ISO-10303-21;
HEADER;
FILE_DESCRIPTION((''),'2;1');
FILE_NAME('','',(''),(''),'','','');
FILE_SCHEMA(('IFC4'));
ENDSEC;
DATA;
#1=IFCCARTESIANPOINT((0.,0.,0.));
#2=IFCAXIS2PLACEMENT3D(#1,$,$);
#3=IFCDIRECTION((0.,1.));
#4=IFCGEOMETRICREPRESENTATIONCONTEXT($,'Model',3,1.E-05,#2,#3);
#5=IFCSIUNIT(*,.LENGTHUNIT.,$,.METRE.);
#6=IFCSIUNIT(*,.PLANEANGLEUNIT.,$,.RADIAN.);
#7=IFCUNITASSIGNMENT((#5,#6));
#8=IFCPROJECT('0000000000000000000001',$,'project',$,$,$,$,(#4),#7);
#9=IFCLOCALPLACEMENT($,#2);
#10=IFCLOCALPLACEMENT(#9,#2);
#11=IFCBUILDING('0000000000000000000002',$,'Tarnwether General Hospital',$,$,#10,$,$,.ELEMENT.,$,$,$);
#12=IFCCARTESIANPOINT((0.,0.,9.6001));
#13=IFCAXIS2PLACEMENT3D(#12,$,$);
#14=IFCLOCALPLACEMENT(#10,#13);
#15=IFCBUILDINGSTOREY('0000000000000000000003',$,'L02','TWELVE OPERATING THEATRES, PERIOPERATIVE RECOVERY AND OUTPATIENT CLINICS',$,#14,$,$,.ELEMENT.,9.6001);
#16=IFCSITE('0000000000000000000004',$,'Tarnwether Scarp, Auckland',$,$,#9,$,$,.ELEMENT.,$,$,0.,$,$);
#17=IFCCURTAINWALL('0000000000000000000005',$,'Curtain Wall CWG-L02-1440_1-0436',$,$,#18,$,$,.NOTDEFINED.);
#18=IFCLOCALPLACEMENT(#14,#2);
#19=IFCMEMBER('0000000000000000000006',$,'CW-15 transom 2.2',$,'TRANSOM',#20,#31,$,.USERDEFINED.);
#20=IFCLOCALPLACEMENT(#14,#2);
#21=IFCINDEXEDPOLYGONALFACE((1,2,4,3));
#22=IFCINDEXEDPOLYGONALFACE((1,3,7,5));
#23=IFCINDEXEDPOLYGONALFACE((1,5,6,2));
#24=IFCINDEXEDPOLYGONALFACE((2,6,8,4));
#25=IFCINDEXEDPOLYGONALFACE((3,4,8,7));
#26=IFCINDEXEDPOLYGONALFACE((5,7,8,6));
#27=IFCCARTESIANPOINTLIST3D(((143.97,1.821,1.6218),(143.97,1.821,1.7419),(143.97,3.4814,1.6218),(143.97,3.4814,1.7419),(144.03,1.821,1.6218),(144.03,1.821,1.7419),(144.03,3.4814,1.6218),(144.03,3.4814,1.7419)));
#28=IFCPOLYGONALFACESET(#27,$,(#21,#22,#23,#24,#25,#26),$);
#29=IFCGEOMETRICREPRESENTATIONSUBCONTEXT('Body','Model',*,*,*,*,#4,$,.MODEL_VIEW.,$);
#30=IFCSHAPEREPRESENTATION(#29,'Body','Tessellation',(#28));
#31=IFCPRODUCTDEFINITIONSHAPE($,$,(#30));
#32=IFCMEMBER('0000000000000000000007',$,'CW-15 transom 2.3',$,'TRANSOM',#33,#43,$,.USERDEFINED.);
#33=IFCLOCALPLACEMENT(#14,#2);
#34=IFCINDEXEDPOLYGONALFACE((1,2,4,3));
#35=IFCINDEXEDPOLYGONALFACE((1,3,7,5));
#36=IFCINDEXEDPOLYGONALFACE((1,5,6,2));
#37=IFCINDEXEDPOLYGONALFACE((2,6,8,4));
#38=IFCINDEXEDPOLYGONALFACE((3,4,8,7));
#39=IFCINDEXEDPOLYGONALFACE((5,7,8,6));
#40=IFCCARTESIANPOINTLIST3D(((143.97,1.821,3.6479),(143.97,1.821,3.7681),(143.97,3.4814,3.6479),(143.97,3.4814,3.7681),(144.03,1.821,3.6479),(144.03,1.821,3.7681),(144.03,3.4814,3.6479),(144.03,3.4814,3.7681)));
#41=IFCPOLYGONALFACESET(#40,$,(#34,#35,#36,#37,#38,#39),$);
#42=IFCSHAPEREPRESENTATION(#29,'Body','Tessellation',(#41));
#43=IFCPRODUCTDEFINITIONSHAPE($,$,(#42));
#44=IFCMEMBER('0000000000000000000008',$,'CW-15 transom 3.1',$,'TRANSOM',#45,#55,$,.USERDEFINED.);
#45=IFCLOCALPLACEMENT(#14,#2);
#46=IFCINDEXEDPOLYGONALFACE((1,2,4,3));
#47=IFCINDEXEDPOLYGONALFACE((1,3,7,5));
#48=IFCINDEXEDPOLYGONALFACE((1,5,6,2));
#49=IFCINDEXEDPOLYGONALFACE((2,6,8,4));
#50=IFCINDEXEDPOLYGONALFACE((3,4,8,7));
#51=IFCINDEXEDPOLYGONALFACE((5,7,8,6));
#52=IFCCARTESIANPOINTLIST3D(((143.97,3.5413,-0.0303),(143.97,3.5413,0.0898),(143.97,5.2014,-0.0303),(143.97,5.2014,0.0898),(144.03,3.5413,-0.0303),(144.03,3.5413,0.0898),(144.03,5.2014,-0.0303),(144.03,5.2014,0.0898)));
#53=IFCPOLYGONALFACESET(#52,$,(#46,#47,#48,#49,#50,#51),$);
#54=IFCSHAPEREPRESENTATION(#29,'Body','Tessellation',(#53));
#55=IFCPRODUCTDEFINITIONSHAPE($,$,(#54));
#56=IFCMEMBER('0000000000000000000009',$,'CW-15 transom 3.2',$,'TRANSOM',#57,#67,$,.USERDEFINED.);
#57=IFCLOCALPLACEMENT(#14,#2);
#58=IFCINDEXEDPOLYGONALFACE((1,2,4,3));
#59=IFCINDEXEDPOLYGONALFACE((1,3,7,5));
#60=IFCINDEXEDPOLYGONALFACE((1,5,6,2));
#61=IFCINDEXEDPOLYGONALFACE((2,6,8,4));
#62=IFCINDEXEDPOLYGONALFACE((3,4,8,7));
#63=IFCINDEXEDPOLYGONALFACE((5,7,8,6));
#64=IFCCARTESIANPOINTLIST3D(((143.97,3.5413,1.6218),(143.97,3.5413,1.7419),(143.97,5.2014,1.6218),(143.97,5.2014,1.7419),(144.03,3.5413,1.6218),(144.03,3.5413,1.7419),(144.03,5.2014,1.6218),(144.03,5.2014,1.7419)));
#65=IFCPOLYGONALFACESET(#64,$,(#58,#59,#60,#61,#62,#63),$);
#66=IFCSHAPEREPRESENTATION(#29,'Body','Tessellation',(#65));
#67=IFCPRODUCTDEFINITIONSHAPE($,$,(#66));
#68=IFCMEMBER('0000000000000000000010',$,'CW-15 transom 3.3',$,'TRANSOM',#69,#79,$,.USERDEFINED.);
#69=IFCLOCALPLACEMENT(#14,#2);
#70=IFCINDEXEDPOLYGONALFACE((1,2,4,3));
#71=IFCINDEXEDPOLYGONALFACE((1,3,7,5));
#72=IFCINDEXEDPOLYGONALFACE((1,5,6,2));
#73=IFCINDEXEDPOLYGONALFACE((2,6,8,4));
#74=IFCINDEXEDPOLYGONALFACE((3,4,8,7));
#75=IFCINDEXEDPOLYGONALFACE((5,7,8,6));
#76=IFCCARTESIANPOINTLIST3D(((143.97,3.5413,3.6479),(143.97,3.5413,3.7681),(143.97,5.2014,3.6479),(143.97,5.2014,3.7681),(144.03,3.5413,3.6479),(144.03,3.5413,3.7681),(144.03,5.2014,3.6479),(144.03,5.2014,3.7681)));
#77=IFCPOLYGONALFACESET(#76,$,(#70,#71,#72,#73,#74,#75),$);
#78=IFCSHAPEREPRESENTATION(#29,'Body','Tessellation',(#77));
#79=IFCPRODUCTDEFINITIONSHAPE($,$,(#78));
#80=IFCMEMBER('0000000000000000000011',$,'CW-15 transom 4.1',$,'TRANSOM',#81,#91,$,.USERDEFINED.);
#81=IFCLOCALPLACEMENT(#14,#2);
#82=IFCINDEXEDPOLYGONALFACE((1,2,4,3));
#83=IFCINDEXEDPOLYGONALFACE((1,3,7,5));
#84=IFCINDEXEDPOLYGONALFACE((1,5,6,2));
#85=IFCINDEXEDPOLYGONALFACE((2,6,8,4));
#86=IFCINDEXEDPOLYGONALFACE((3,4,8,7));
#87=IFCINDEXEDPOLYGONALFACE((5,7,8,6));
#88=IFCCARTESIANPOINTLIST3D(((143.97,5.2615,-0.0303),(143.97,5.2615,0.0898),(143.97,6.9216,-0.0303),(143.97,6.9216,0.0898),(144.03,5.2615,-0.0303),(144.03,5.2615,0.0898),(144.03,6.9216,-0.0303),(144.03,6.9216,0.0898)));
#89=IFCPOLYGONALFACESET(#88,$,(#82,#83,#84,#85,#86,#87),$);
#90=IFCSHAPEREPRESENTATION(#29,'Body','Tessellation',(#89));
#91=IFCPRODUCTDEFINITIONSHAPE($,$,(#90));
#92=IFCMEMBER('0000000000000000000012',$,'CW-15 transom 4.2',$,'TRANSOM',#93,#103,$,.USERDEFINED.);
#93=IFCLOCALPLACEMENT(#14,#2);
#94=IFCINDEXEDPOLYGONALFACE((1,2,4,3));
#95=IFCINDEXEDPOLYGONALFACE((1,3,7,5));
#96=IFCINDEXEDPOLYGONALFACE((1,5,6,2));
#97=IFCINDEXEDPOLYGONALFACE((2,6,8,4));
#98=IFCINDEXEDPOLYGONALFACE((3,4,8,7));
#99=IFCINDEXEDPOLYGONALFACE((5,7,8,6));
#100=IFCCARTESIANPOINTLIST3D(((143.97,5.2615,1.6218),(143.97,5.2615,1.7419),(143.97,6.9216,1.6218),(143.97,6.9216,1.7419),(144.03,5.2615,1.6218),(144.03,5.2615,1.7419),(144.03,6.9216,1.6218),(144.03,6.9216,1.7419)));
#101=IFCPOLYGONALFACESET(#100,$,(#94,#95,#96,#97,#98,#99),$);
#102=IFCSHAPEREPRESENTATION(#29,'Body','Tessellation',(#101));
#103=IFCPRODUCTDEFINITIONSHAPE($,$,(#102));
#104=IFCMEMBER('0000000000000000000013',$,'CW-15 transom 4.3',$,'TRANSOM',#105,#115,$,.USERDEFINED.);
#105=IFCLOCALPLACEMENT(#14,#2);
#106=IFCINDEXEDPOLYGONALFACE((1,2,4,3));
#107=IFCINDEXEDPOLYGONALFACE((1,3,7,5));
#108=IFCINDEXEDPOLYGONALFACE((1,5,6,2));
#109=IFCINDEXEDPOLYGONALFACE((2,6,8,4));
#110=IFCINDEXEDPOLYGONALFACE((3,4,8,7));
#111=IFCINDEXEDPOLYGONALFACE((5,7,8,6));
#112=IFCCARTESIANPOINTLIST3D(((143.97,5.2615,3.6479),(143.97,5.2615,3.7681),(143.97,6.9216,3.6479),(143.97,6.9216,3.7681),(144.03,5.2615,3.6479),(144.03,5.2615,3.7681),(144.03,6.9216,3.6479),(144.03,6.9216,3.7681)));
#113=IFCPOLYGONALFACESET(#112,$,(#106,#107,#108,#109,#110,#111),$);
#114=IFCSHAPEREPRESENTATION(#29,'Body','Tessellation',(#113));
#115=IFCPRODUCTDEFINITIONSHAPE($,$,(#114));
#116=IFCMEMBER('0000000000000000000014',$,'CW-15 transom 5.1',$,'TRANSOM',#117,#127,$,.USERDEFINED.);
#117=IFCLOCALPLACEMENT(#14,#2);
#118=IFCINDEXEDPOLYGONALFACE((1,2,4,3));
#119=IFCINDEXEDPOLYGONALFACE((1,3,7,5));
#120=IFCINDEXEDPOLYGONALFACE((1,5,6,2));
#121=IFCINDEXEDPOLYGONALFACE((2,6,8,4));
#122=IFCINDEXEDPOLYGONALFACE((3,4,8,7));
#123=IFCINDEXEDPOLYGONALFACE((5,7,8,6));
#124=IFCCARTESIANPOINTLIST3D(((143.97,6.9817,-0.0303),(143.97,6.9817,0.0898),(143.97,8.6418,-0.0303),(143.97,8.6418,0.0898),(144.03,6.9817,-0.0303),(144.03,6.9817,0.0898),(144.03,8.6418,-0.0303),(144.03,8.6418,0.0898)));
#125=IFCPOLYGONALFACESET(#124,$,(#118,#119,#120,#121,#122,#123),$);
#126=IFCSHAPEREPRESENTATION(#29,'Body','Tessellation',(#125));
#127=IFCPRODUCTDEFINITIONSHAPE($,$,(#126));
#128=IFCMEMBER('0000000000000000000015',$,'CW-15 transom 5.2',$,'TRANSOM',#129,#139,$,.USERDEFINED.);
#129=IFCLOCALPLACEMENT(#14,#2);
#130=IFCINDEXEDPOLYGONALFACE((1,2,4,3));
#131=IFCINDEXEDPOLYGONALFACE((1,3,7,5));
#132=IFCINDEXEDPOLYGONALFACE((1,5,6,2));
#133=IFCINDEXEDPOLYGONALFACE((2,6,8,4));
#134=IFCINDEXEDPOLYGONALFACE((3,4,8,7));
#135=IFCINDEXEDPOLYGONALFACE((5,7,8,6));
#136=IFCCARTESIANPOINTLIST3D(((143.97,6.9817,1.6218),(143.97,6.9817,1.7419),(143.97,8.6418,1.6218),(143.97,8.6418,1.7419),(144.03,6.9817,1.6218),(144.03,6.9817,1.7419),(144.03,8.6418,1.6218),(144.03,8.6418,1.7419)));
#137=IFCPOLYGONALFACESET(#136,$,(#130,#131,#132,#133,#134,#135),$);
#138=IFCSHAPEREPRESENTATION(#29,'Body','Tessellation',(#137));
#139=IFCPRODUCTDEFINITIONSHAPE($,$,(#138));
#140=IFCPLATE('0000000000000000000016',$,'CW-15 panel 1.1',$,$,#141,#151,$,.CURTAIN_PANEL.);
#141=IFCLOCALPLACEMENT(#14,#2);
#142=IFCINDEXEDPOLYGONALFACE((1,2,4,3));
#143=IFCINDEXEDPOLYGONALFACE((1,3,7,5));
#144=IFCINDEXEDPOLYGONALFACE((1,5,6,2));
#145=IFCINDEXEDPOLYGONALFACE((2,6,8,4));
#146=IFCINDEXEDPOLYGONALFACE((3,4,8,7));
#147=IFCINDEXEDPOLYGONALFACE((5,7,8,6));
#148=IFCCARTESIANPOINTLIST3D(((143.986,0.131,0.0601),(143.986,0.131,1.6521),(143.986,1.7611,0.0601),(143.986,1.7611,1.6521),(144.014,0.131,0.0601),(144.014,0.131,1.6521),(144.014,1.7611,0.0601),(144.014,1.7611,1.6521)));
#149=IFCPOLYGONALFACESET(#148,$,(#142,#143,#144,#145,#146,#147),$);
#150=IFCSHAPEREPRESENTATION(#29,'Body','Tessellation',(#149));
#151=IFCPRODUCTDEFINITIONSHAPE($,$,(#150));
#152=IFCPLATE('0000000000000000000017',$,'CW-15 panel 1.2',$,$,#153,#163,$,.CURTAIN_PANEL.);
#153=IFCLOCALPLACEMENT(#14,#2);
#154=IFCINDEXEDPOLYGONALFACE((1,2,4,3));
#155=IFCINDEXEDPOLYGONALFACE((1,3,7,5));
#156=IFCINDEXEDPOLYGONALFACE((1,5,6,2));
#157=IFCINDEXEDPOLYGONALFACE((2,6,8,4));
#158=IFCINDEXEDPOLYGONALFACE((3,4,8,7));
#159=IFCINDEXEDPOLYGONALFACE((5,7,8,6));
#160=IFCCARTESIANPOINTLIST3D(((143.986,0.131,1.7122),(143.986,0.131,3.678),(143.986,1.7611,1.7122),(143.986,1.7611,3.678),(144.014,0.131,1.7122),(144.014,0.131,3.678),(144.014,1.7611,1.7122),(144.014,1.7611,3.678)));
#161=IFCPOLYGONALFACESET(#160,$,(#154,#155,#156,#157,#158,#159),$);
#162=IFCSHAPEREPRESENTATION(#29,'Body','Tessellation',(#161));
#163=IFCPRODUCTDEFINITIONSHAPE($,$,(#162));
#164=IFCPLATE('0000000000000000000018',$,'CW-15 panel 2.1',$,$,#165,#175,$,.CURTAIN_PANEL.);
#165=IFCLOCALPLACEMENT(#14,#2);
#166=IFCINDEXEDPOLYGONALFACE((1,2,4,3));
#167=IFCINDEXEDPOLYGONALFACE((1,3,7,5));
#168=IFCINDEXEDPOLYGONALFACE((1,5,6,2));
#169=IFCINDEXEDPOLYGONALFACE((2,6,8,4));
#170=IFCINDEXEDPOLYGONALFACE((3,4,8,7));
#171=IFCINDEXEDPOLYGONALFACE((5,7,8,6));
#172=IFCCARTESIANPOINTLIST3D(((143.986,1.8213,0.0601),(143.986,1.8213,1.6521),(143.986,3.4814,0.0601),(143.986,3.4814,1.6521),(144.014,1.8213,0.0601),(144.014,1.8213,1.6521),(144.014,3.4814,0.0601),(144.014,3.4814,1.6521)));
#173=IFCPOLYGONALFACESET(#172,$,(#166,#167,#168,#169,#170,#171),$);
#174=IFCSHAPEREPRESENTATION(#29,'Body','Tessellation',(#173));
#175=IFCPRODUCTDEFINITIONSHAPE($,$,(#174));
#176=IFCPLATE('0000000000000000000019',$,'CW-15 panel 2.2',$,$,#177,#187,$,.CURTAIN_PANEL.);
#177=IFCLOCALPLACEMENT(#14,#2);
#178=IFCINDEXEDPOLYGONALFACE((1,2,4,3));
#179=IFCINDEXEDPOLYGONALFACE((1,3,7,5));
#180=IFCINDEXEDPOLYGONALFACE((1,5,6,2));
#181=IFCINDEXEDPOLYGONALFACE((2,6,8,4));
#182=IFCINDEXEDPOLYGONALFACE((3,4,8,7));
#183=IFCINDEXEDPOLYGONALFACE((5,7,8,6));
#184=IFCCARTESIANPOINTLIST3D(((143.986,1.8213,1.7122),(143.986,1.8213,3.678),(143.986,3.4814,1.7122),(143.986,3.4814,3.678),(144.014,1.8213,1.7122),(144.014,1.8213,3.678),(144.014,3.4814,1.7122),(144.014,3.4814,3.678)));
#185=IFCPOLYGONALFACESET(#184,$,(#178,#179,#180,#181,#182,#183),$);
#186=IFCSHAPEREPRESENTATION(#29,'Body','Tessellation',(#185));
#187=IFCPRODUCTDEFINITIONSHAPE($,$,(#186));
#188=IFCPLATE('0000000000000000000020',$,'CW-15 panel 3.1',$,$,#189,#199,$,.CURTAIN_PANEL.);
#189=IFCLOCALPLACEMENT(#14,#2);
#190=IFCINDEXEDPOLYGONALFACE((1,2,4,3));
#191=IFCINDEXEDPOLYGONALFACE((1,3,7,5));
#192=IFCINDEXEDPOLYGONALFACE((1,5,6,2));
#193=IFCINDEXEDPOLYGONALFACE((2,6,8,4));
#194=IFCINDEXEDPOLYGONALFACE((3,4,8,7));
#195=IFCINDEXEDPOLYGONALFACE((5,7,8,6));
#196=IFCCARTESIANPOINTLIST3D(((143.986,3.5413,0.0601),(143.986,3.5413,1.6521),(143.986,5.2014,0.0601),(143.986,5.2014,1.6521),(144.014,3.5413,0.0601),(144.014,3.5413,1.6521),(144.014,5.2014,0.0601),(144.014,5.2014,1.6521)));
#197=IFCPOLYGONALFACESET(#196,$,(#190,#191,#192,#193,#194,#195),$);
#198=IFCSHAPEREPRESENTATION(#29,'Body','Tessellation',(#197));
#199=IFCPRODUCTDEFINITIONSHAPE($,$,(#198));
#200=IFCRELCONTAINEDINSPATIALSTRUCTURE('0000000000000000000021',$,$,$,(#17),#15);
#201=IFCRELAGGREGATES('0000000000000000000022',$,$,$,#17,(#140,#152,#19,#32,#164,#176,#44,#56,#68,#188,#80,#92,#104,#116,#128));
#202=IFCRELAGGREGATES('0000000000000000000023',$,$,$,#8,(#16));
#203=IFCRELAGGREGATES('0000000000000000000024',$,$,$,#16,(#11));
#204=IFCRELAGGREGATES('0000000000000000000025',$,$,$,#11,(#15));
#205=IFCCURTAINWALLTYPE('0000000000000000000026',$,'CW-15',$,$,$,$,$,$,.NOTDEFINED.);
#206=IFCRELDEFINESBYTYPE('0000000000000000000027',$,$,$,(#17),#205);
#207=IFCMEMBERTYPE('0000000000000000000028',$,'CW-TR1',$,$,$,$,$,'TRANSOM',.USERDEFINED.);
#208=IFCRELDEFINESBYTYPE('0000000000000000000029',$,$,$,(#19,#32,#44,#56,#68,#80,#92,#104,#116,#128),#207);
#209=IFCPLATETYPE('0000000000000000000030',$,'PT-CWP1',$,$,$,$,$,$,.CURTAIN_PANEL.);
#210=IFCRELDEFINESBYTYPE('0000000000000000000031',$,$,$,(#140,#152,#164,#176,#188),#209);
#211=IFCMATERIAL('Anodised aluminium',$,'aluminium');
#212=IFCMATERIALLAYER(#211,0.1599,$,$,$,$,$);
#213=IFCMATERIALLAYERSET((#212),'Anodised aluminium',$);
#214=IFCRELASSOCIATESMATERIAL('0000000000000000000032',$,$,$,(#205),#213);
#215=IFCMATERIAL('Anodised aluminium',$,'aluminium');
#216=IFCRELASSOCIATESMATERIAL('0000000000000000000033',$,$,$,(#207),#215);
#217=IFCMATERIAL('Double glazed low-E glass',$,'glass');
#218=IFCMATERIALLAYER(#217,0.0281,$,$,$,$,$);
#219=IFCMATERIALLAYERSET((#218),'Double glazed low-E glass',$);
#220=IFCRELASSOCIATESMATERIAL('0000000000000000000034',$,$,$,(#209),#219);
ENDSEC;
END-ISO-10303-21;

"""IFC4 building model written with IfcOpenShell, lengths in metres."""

from ifc_helpers import new_model, si_unit, direction, frame, origin, origin_2d, place, context, subcontext, project, spatial, rectangle, extrude, material, layer, layer_set, material_profile, profile_set, type_object, element, aggregate, save


model = new_model("IFC4")

# Units and contexts
model_context = context("Model", 3, precision=1e-05, world=origin(), true_north=direction((0.0, 1.0)))
body_context = subcontext(model_context, "Body", "Model", "MODEL_VIEW")
ifc_project = project(units=[si_unit("LENGTHUNIT", "METRE"), si_unit("PLANEANGLEUNIT", "RADIAN")], contexts=[model_context])

# Site, building, storey
site_placement = place(None, origin())
site = spatial("IfcSite", under=ifc_project, at=site_placement, Name="Tarnwether Scarp, Auckland", CompositionType="ELEMENT", RefElevation=0.0)
building_placement = place(site_placement, origin())
building = spatial("IfcBuilding", under=site, at=building_placement, Name="Tarnwether General Hospital", CompositionType="ELEMENT")
storey_placement = place(building_placement, frame((0.0, 0.0, 9.6001)))
storey = spatial("IfcBuildingStorey", under=building, at=storey_placement, Name="L02", Description="TWELVE OPERATING THEATRES, PERIOPERATIVE RECOVERY AND OUTPATIENT CLINICS", CompositionType="ELEMENT", Elevation=9.6001)

# Curtain wall, members, plates
ifc_material_1 = material(Name="Anodised aluminium", Category="aluminium")
ifc_layer_1 = layer(ifc_material_1, 0.1599)
ifc_layer_set_1 = layer_set([ifc_layer_1], Name="Anodised aluminium")
curtain_wall_type = type_object("IfcCurtainWallType", Name="CW-15", PredefinedType="NOTDEFINED", material=ifc_layer_set_1)
curtain_wall_placement = place(storey_placement, origin())
curtain_wall = element("IfcCurtainWall", 1, at=curtain_wall_placement, inside=storey, type_object=curtain_wall_type, Name="Curtain Wall CWG-L02-1440_1-0436", PredefinedType="NOTDEFINED")
ifc_material_2 = material(Name="Anodised aluminium", Category="aluminium")
ifc_material_profile_1 = material_profile(ifc_material_2, rectangle(XDim=0.0601, YDim=0.1201, at=origin_2d()), Name="ALU-TRN-60x120")
ifc_profile_set_1 = profile_set([ifc_material_profile_1], Name="Anodised aluminium")
member_type_1 = type_object("IfcMemberType", Name="CW-TR1", ElementType="TRANSOM", PredefinedType="USERDEFINED", material=ifc_profile_set_1)
member_1_placement = place(storey_placement, frame((144.0, 1.821, 1.6819), z_axis=(0.0, 1.0, 0.0), x_axis=(-1.0, 0.0, 0.0)))
member_1 = element("IfcMember", 2, at=member_1_placement, type_object=member_type_1, Name="CW-15 transom 2.2", ObjectType="TRANSOM", PredefinedType="USERDEFINED", context=body_context, shape_type="SweptSolid", body=[
    extrude(rectangle(XDim=0.0601, YDim=0.1201, at=origin_2d()), origin(), (0.0, 0.0, 1.0), 1.6604),
])
member_2_placement = place(storey_placement, frame((144.0, 1.821, 3.708), z_axis=(0.0, 1.0, 0.0), x_axis=(-1.0, 0.0, 0.0)))
member_2 = element("IfcMember", 3, at=member_2_placement, type_object=member_type_1, Name="CW-15 transom 2.3", ObjectType="TRANSOM", PredefinedType="USERDEFINED", context=body_context, shape_type="SweptSolid", body=[
    extrude(rectangle(XDim=0.0601, YDim=0.1201, at=origin_2d()), origin(), (0.0, 0.0, 1.0), 1.6604),
])
member_3_placement = place(storey_placement, frame((144.0, 3.5413, 0.0298), z_axis=(0.0, 1.0, 0.0), x_axis=(-1.0, 0.0, 0.0)))
member_3 = element("IfcMember", 4, at=member_3_placement, type_object=member_type_1, Name="CW-15 transom 3.1", ObjectType="TRANSOM", PredefinedType="USERDEFINED", context=body_context, shape_type="SweptSolid", body=[
    extrude(rectangle(XDim=0.0601, YDim=0.1201, at=origin_2d()), origin(), (0.0, 0.0, 1.0), 1.6602),
])
member_4_placement = place(storey_placement, frame((144.0, 3.5413, 1.6819), z_axis=(0.0, 1.0, 0.0), x_axis=(-1.0, 0.0, 0.0)))
member_4 = element("IfcMember", 5, at=member_4_placement, type_object=member_type_1, Name="CW-15 transom 3.2", ObjectType="TRANSOM", PredefinedType="USERDEFINED", context=body_context, shape_type="SweptSolid", body=[
    extrude(rectangle(XDim=0.0601, YDim=0.1201, at=origin_2d()), origin(), (0.0, 0.0, 1.0), 1.6602),
])
member_5_placement = place(storey_placement, frame((144.0, 3.5413, 3.708), z_axis=(0.0, 1.0, 0.0), x_axis=(-1.0, 0.0, 0.0)))
member_5 = element("IfcMember", 6, at=member_5_placement, type_object=member_type_1, Name="CW-15 transom 3.3", ObjectType="TRANSOM", PredefinedType="USERDEFINED", context=body_context, shape_type="SweptSolid", body=[
    extrude(rectangle(XDim=0.0601, YDim=0.1201, at=origin_2d()), origin(), (0.0, 0.0, 1.0), 1.6602),
])
member_6_placement = place(storey_placement, frame((144.0, 5.2615, 0.0298), z_axis=(0.0, 1.0, 0.0), x_axis=(-1.0, 0.0, 0.0)))
member_6 = element("IfcMember", 7, at=member_6_placement, type_object=member_type_1, Name="CW-15 transom 4.1", ObjectType="TRANSOM", PredefinedType="USERDEFINED", context=body_context, shape_type="SweptSolid", body=[
    extrude(rectangle(XDim=0.0601, YDim=0.1201, at=origin_2d()), origin(), (0.0, 0.0, 1.0), 1.6602),
])
member_7_placement = place(storey_placement, frame((144.0, 5.2615, 1.6819), z_axis=(0.0, 1.0, 0.0), x_axis=(-1.0, 0.0, 0.0)))
member_7 = element("IfcMember", 8, at=member_7_placement, type_object=member_type_1, Name="CW-15 transom 4.2", ObjectType="TRANSOM", PredefinedType="USERDEFINED", context=body_context, shape_type="SweptSolid", body=[
    extrude(rectangle(XDim=0.0601, YDim=0.1201, at=origin_2d()), origin(), (0.0, 0.0, 1.0), 1.6602),
])
member_8_placement = place(storey_placement, frame((144.0, 5.2615, 3.708), z_axis=(0.0, 1.0, 0.0), x_axis=(-1.0, 0.0, 0.0)))
member_8 = element("IfcMember", 9, at=member_8_placement, type_object=member_type_1, Name="CW-15 transom 4.3", ObjectType="TRANSOM", PredefinedType="USERDEFINED", context=body_context, shape_type="SweptSolid", body=[
    extrude(rectangle(XDim=0.0601, YDim=0.1201, at=origin_2d()), origin(), (0.0, 0.0, 1.0), 1.6602),
])
member_9_placement = place(storey_placement, frame((144.0, 6.9817, 0.0298), z_axis=(0.0, 1.0, 0.0), x_axis=(-1.0, 0.0, 0.0)))
member_9 = element("IfcMember", 10, at=member_9_placement, type_object=member_type_1, Name="CW-15 transom 5.1", ObjectType="TRANSOM", PredefinedType="USERDEFINED", context=body_context, shape_type="SweptSolid", body=[
    extrude(rectangle(XDim=0.0601, YDim=0.1201, at=origin_2d()), origin(), (0.0, 0.0, 1.0), 1.6602),
])
member_10_placement = place(storey_placement, frame((144.0, 6.9817, 1.6819), z_axis=(0.0, 1.0, 0.0), x_axis=(-1.0, 0.0, 0.0)))
member_10 = element("IfcMember", 11, at=member_10_placement, type_object=member_type_1, Name="CW-15 transom 5.2", ObjectType="TRANSOM", PredefinedType="USERDEFINED", context=body_context, shape_type="SweptSolid", body=[
    extrude(rectangle(XDim=0.0601, YDim=0.1201, at=origin_2d()), origin(), (0.0, 0.0, 1.0), 1.6602),
])
ifc_material_3 = material(Name="Double glazed low-E glass", Category="glass")
ifc_layer_2 = layer(ifc_material_3, 0.0281)
ifc_layer_set_2 = layer_set([ifc_layer_2], Name="Double glazed low-E glass")
plate_type_1 = type_object("IfcPlateType", Name="PT-CWP1", PredefinedType="CURTAIN_PANEL", material=ifc_layer_set_2)
plate_1_placement = place(storey_placement, frame((144.0, 0.946, 0.0601), z_axis=(0.0, 0.0, 1.0), x_axis=(0.0, 1.0, 0.0)))
plate_1 = element("IfcPlate", 12, at=plate_1_placement, type_object=plate_type_1, Name="CW-15 panel 1.1", PredefinedType="CURTAIN_PANEL", context=body_context, shape_type="SweptSolid", body=[
    extrude(rectangle(XDim=1.6301, YDim=0.0281, at=origin_2d()), origin(), (0.0, 0.0, 1.0), 1.592),
])
plate_2_placement = place(storey_placement, frame((144.0, 0.946, 1.7122), z_axis=(0.0, 0.0, 1.0), x_axis=(0.0, 1.0, 0.0)))
plate_2 = element("IfcPlate", 13, at=plate_2_placement, type_object=plate_type_1, Name="CW-15 panel 1.2", PredefinedType="CURTAIN_PANEL", context=body_context, shape_type="SweptSolid", body=[
    extrude(rectangle(XDim=1.6301, YDim=0.0281, at=origin_2d()), origin(), (0.0, 0.0, 1.0), 1.9658),
])
plate_3_placement = place(storey_placement, frame((144.0, 2.6514, 0.0601), z_axis=(0.0, 0.0, 1.0), x_axis=(0.0, 1.0, 0.0)))
plate_3 = element("IfcPlate", 14, at=plate_3_placement, type_object=plate_type_1, Name="CW-15 panel 2.1", PredefinedType="CURTAIN_PANEL", context=body_context, shape_type="SweptSolid", body=[
    extrude(rectangle(XDim=1.6602, YDim=0.0281, at=origin_2d()), origin(), (0.0, 0.0, 1.0), 1.592),
])
plate_4_placement = place(storey_placement, frame((144.0, 2.6514, 1.7122), z_axis=(0.0, 0.0, 1.0), x_axis=(0.0, 1.0, 0.0)))
plate_4 = element("IfcPlate", 15, at=plate_4_placement, type_object=plate_type_1, Name="CW-15 panel 2.2", PredefinedType="CURTAIN_PANEL", context=body_context, shape_type="SweptSolid", body=[
    extrude(rectangle(XDim=1.6602, YDim=0.0281, at=origin_2d()), origin(), (0.0, 0.0, 1.0), 1.9658),
])
plate_5_placement = place(storey_placement, frame((144.0, 4.3713, 0.0601), z_axis=(0.0, 0.0, 1.0), x_axis=(0.0, 1.0, 0.0)))
plate_5 = element("IfcPlate", 16, at=plate_5_placement, type_object=plate_type_1, Name="CW-15 panel 3.1", PredefinedType="CURTAIN_PANEL", context=body_context, shape_type="SweptSolid", body=[
    extrude(rectangle(XDim=1.6602, YDim=0.0281, at=origin_2d()), origin(), (0.0, 0.0, 1.0), 1.592),
])
aggregate(curtain_wall, [plate_1, plate_2, member_1, member_2, plate_3, plate_4, member_3, member_4, member_5, plate_5, member_6, member_7, member_8, member_9, member_10])

save(model, "model.ifc")
